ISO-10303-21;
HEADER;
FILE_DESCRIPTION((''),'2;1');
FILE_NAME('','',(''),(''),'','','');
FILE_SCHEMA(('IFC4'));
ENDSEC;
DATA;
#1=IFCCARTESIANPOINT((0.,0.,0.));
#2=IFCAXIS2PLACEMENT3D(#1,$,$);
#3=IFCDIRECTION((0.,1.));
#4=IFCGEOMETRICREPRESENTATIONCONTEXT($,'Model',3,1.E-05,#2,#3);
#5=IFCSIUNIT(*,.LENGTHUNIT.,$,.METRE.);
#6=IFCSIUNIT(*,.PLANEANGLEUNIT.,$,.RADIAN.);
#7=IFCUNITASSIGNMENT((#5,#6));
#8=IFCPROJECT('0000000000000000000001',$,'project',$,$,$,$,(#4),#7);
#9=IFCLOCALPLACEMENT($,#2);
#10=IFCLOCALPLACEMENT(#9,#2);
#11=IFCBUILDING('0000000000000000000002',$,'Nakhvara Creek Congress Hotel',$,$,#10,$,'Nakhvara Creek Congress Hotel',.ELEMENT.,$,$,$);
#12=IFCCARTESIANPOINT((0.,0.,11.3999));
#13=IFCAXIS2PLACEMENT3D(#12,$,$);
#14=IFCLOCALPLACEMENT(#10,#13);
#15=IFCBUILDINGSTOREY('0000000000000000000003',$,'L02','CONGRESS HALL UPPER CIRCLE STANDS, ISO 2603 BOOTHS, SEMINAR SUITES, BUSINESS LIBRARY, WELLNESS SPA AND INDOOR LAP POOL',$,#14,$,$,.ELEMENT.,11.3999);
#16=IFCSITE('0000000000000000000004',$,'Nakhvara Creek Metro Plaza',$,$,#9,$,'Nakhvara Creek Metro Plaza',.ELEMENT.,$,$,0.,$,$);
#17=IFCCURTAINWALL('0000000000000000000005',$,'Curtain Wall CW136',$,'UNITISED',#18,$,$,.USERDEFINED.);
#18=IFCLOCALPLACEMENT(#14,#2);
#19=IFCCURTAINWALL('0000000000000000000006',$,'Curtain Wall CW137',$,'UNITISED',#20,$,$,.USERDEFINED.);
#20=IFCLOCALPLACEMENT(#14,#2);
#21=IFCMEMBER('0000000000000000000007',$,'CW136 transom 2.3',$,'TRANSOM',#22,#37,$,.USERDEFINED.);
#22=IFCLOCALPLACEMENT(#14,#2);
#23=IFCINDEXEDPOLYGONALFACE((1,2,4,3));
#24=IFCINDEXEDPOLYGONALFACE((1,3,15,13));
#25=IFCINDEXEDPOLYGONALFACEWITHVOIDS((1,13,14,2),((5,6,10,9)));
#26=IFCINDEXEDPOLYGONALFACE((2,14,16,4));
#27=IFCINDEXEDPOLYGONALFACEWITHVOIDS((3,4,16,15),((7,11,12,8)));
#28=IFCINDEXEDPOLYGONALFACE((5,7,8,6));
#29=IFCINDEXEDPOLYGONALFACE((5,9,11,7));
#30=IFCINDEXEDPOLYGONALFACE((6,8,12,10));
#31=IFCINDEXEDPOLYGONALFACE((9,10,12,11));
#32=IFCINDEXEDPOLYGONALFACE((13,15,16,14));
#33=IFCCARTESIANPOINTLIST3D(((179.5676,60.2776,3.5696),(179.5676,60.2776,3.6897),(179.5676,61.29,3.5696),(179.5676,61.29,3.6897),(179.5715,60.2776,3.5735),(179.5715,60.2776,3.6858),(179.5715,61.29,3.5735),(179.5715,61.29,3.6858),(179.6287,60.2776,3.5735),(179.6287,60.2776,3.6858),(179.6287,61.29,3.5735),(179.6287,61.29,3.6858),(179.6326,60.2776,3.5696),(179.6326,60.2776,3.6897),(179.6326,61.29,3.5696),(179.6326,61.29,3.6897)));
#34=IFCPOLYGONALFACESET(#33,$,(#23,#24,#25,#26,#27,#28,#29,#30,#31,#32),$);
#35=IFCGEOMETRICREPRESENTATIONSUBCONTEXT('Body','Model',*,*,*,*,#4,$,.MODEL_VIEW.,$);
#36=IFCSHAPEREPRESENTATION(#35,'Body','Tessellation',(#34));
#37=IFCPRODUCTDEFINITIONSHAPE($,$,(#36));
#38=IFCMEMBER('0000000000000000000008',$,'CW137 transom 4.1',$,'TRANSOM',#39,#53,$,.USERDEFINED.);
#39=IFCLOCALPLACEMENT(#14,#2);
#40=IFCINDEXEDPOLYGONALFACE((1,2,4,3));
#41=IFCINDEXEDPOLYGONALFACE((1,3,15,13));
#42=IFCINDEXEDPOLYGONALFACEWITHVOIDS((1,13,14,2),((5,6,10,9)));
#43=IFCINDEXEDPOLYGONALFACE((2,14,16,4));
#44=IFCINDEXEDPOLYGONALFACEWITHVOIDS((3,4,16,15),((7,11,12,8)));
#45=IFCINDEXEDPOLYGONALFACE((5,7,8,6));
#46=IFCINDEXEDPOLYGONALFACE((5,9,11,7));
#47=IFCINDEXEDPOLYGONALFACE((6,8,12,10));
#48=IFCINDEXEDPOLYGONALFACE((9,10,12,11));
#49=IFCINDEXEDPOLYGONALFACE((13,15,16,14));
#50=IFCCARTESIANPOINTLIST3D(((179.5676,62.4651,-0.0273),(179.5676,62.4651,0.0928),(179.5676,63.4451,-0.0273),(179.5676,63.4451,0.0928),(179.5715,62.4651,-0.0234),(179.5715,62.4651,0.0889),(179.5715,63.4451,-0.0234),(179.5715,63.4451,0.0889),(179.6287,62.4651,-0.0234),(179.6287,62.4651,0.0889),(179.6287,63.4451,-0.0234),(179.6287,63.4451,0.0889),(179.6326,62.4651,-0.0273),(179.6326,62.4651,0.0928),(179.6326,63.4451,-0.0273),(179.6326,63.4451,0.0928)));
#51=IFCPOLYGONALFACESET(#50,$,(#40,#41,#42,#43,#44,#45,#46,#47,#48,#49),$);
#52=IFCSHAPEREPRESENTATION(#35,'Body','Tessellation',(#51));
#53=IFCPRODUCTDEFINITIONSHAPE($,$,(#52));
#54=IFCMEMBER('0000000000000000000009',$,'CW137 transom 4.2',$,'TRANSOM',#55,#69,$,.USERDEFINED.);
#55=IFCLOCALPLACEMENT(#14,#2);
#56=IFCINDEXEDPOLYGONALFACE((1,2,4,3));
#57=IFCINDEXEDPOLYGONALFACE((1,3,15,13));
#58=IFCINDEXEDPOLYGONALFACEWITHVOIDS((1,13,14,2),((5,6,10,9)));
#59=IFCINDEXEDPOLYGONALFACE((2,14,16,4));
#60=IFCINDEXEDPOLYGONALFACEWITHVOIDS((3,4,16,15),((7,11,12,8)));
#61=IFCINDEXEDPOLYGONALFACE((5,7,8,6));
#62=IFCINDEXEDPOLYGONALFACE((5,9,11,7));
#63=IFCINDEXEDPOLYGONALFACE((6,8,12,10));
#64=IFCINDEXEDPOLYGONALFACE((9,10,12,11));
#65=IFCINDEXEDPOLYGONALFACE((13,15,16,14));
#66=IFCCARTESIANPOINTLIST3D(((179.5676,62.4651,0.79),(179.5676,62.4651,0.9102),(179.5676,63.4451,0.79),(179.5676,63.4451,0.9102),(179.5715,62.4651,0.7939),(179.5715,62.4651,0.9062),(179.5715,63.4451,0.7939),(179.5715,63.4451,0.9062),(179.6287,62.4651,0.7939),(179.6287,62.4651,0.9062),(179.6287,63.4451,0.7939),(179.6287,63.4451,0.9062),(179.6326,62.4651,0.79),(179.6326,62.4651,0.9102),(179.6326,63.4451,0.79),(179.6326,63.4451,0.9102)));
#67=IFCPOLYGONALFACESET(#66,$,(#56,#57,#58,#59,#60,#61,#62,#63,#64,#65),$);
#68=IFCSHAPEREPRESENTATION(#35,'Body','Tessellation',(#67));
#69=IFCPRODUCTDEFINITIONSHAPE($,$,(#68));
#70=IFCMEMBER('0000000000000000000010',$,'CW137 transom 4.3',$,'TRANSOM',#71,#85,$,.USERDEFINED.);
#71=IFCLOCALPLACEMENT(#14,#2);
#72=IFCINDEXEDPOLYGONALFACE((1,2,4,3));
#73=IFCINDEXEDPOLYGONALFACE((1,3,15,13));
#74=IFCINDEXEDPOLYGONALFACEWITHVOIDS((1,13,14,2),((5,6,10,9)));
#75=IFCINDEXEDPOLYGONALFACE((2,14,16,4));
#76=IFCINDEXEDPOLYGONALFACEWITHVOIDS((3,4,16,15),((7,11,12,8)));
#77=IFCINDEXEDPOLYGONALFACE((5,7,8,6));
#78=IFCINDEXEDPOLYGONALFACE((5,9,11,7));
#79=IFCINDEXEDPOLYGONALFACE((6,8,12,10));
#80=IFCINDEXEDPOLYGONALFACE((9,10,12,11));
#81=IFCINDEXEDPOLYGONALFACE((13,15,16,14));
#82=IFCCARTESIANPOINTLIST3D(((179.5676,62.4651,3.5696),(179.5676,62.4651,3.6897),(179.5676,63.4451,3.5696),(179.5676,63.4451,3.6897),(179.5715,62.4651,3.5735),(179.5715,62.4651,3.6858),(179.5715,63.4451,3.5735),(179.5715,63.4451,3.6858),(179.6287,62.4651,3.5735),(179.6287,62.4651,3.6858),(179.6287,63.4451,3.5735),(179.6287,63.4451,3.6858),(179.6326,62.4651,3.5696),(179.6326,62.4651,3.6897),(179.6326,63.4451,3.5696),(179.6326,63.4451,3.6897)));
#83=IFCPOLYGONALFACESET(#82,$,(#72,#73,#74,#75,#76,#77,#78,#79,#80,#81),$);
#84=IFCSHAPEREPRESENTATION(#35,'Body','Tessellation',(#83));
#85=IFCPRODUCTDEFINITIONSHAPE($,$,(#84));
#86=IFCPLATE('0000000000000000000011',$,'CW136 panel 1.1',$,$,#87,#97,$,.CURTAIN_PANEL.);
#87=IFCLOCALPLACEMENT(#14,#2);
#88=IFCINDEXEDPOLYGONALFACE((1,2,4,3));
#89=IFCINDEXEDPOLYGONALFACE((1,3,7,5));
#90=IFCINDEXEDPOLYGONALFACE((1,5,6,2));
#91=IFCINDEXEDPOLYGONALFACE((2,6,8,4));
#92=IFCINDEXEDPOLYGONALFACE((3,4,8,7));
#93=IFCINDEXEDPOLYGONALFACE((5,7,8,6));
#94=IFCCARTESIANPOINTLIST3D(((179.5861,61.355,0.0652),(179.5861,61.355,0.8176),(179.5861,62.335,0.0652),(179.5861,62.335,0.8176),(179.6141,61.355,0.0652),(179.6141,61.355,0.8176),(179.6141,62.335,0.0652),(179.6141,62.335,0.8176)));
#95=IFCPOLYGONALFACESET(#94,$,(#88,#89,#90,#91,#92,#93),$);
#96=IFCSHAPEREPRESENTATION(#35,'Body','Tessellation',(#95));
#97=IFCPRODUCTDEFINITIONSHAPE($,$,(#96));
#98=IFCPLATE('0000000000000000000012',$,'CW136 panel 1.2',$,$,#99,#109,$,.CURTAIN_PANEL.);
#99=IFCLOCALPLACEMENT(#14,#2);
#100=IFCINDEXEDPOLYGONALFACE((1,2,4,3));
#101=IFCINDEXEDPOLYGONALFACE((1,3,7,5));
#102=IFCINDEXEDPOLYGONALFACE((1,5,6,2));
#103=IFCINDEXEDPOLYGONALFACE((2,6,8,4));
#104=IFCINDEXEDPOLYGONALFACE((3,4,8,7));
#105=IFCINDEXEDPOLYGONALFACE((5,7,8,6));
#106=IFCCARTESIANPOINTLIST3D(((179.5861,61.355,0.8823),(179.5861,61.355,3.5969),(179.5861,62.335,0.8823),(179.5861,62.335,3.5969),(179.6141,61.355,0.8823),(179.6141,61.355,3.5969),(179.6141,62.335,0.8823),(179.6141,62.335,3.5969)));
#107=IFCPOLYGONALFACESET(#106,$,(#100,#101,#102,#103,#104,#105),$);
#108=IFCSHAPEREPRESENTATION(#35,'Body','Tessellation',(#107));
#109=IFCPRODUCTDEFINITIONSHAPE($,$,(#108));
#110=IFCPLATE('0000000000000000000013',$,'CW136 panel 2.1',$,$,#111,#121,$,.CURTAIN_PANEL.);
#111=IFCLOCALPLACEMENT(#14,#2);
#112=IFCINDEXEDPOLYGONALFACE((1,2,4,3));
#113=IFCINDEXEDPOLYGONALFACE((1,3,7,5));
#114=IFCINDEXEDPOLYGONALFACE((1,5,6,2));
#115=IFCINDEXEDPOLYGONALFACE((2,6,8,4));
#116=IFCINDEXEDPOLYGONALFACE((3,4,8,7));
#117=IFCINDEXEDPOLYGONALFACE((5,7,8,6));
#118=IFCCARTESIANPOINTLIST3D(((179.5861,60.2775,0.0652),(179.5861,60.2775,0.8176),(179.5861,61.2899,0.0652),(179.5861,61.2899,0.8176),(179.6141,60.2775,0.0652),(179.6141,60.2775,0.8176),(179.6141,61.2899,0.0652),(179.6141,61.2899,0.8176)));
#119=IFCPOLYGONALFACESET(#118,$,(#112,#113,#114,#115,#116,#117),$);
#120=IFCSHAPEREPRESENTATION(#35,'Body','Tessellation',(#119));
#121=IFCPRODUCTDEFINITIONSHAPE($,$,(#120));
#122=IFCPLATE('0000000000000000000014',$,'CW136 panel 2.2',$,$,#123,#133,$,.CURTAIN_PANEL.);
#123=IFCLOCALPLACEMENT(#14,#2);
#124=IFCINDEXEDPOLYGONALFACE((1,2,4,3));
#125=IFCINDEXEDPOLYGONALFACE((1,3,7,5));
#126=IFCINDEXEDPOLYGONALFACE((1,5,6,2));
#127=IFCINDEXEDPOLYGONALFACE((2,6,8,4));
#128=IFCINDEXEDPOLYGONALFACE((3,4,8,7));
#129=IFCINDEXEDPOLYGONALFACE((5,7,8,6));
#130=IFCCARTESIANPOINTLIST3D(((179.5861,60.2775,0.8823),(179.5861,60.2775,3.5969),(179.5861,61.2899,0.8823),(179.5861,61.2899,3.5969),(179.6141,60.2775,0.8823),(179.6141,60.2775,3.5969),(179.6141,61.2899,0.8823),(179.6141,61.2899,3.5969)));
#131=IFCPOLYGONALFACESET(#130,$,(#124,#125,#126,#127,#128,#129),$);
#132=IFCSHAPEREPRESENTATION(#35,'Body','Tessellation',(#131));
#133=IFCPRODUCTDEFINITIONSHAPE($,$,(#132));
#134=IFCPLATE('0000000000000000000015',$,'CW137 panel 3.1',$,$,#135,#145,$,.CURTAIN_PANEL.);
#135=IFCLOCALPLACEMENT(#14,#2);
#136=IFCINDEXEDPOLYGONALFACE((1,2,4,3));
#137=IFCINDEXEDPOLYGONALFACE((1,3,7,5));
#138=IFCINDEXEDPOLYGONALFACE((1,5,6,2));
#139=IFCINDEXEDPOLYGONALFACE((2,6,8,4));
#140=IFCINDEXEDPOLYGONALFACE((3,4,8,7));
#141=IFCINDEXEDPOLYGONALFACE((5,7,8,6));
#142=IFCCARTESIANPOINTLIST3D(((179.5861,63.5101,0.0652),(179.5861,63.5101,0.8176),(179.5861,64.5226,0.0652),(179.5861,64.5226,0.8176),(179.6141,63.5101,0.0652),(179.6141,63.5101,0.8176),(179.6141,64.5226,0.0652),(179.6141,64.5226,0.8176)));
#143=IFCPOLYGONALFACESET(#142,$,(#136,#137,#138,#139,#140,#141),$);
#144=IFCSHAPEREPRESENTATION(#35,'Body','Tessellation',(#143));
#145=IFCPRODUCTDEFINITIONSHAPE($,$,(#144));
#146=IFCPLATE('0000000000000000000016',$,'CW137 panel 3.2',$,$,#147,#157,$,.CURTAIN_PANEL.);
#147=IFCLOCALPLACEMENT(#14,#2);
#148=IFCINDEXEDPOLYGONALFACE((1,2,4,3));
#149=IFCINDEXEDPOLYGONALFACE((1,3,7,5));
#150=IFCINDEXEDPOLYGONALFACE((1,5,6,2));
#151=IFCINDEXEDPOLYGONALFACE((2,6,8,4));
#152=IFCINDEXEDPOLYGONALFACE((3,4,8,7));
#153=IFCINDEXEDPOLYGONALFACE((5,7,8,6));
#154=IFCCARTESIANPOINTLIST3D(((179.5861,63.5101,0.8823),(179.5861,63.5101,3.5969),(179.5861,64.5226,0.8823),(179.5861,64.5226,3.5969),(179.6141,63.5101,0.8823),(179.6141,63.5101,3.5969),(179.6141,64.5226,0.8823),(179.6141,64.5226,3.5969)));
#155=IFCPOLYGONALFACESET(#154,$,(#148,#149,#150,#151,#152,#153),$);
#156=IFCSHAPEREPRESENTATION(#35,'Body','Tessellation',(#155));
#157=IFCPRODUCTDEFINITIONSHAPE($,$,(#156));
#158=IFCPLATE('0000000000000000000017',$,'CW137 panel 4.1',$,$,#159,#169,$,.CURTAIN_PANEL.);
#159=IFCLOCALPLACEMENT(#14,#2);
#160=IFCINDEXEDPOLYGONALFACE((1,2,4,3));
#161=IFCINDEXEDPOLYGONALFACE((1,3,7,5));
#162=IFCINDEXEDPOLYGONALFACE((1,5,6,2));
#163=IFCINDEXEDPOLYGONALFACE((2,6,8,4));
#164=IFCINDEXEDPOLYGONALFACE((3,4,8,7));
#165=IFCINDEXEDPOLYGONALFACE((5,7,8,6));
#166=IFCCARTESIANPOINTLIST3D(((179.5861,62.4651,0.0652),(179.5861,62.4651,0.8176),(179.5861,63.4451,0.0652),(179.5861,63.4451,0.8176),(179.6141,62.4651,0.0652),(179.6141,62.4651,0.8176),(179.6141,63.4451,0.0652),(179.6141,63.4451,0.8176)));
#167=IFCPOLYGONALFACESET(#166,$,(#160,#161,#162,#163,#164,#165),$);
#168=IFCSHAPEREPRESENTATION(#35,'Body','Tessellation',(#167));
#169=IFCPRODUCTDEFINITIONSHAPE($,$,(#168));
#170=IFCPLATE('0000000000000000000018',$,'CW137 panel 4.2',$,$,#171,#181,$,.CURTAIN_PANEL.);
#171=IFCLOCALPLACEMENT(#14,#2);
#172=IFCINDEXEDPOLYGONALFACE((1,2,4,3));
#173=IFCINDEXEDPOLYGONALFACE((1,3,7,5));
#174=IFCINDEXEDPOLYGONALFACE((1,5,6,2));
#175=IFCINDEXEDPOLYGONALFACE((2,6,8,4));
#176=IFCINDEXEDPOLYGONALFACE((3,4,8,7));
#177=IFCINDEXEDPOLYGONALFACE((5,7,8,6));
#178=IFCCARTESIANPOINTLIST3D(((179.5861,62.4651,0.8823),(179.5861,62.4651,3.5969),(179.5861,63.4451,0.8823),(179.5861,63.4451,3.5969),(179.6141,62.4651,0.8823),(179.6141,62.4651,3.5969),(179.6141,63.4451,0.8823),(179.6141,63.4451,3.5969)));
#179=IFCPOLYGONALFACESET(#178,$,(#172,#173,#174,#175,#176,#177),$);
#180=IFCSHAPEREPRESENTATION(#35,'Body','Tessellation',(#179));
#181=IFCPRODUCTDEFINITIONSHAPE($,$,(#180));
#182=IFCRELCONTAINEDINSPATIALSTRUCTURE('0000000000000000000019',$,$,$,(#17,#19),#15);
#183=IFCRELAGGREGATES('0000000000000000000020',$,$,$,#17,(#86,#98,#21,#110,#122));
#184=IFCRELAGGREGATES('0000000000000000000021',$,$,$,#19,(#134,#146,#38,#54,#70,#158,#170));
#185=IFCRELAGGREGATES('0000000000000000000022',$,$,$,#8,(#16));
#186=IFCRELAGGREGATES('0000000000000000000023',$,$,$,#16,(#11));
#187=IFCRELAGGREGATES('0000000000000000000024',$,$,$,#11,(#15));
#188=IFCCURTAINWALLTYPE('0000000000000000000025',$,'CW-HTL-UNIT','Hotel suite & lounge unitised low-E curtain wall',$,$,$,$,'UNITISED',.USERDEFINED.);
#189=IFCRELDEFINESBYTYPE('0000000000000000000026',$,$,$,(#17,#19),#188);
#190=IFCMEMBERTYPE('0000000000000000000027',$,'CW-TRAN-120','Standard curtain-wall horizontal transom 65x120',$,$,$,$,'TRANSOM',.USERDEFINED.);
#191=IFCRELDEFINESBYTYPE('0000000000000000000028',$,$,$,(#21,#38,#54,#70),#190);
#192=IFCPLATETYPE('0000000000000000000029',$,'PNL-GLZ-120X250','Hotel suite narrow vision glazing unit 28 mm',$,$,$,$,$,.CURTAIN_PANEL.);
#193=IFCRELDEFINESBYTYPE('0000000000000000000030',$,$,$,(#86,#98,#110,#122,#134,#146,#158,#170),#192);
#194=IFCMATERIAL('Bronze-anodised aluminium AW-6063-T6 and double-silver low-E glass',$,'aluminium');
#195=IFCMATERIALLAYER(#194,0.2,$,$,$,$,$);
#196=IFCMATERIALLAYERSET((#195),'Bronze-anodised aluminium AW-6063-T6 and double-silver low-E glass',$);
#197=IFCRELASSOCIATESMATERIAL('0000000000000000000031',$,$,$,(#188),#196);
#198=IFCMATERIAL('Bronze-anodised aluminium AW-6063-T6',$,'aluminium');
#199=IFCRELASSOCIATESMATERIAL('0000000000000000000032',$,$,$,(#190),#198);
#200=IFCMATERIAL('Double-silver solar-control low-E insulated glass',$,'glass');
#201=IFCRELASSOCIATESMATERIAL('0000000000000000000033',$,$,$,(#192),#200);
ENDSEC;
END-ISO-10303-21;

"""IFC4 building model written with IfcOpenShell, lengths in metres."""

from ifc_helpers import new_model, si_unit, direction, frame, origin, origin_2d, place, context, subcontext, project, spatial, rectangle, hollow_rectangle, extrude, material, layer, layer_set, material_profile, profile_set, type_object, element, aggregate, save


model = new_model("IFC4")

# Units and contexts
model_context = context("Model", 3, precision=1e-05, world=origin(), true_north=direction((0.0, 1.0)))
body_context = subcontext(model_context, "Body", "Model", "MODEL_VIEW")
ifc_project = project(units=[si_unit("LENGTHUNIT", "METRE"), si_unit("PLANEANGLEUNIT", "RADIAN")], contexts=[model_context])

# Site, building, storey
site_placement = place(None, origin())
site = spatial("IfcSite", under=ifc_project, at=site_placement, Name="Nakhvara Creek Metro Plaza", LongName="Nakhvara Creek Metro Plaza", CompositionType="ELEMENT", RefElevation=0.0)
building_placement = place(site_placement, origin())
building = spatial("IfcBuilding", under=site, at=building_placement, Name="Nakhvara Creek Congress Hotel", LongName="Nakhvara Creek Congress Hotel", CompositionType="ELEMENT")
storey_placement = place(building_placement, frame((0.0, 0.0, 11.3999)))
storey = spatial("IfcBuildingStorey", under=building, at=storey_placement, Name="L02", Description="CONGRESS HALL UPPER CIRCLE STANDS, ISO 2603 BOOTHS, SEMINAR SUITES, BUSINESS LIBRARY, WELLNESS SPA AND INDOOR LAP POOL", CompositionType="ELEMENT", Elevation=11.3999)

# Curtain walls
ifc_material_1 = material(Name="Bronze-anodised aluminium AW-6063-T6 and double-silver low-E glass", Category="aluminium")
ifc_layer_1 = layer(ifc_material_1, 0.2)
ifc_layer_set_1 = layer_set([ifc_layer_1], Name="Bronze-anodised aluminium AW-6063-T6 and double-silver low-E glass")
curtain_wall_type = type_object("IfcCurtainWallType", Name="CW-HTL-UNIT", Description="Hotel suite & lounge unitised low-E curtain wall", ElementType="UNITISED", PredefinedType="USERDEFINED", material=ifc_layer_set_1)
curtain_wall_1_placement = place(storey_placement, origin())
curtain_wall_1 = element("IfcCurtainWall", 1, at=curtain_wall_1_placement, inside=storey, type_object=curtain_wall_type, Name="Curtain Wall CW136", ObjectType="UNITISED", PredefinedType="USERDEFINED")
ifc_material_2 = material(Name="Bronze-anodised aluminium AW-6063-T6", Category="aluminium")
curtain_wall_2_placement = place(storey_placement, origin())
curtain_wall_2 = element("IfcCurtainWall", 2, at=curtain_wall_2_placement, inside=storey, type_object=curtain_wall_type, Name="Curtain Wall CW137", ObjectType="UNITISED", PredefinedType="USERDEFINED")

# Members
ifc_material_profile_1 = material_profile(ifc_material_2, hollow_rectangle(XDim=0.0649, YDim=0.1201, WallThickness=0.0039, at=origin_2d()), Name="ALU-TRAN 65x120x4", Category="LoadBearing")
ifc_profile_set_1 = profile_set([ifc_material_profile_1], Name="Bronze-anodised aluminium AW-6063-T6")
member_type_1 = type_object("IfcMemberType", Name="CW-TRAN-120", Description="Standard curtain-wall horizontal transom 65x120", ElementType="TRANSOM", PredefinedType="USERDEFINED", material=ifc_profile_set_1)
member_1_placement = place(storey_placement, frame((179.6001, 61.29, 3.6296), z_axis=(0.0, -1.0, 0.0), x_axis=(1.0, 0.0, 0.0)))
member_1 = element("IfcMember", 3, at=member_1_placement, type_object=member_type_1, Name="CW136 transom 2.3", ObjectType="TRANSOM", PredefinedType="USERDEFINED", context=body_context, shape_type="SweptSolid", body=[
    extrude(hollow_rectangle(XDim=0.0649, YDim=0.1201, WallThickness=0.0039, at=origin_2d()), origin(), (0.0, 0.0, 1.0), 1.0125),
])
member_2_placement = place(storey_placement, frame((179.6001, 63.4451, 0.0327), z_axis=(0.0, -1.0, 0.0), x_axis=(1.0, 0.0, 0.0)))
member_2 = element("IfcMember", 4, at=member_2_placement, type_object=member_type_1, Name="CW137 transom 4.1", ObjectType="TRANSOM", PredefinedType="USERDEFINED", context=body_context, shape_type="SweptSolid", body=[
    extrude(hollow_rectangle(XDim=0.0649, YDim=0.1201, WallThickness=0.0039, at=origin_2d()), origin(), (0.0, 0.0, 1.0), 0.98),
])
member_3_placement = place(storey_placement, frame((179.6001, 63.4451, 0.8501), z_axis=(0.0, -1.0, 0.0), x_axis=(1.0, 0.0, 0.0)))
member_3 = element("IfcMember", 5, at=member_3_placement, type_object=member_type_1, Name="CW137 transom 4.2", ObjectType="TRANSOM", PredefinedType="USERDEFINED", context=body_context, shape_type="SweptSolid", body=[
    extrude(hollow_rectangle(XDim=0.0649, YDim=0.1201, WallThickness=0.0039, at=origin_2d()), origin(), (0.0, 0.0, 1.0), 0.98),
])
member_4_placement = place(storey_placement, frame((179.6001, 63.4451, 3.6296), z_axis=(0.0, -1.0, 0.0), x_axis=(1.0, 0.0, 0.0)))
member_4 = element("IfcMember", 6, at=member_4_placement, type_object=member_type_1, Name="CW137 transom 4.3", ObjectType="TRANSOM", PredefinedType="USERDEFINED", context=body_context, shape_type="SweptSolid", body=[
    extrude(hollow_rectangle(XDim=0.0649, YDim=0.1201, WallThickness=0.0039, at=origin_2d()), origin(), (0.0, 0.0, 1.0), 0.98),
])

# Plates
ifc_material_3 = material(Name="Double-silver solar-control low-E insulated glass", Category="glass")
plate_type = type_object("IfcPlateType", Name="PNL-GLZ-120X250", Description="Hotel suite narrow vision glazing unit 28 mm", PredefinedType="CURTAIN_PANEL", material=ifc_material_3)
plate_1_placement = place(storey_placement, frame((179.6001, 61.845, 0.0652), z_axis=(0.0, 0.0, 1.0), x_axis=(0.0, -1.0, 0.0)))
plate_1 = element("IfcPlate", 7, at=plate_1_placement, type_object=plate_type, Name="CW136 panel 1.1", PredefinedType="CURTAIN_PANEL", context=body_context, shape_type="SweptSolid", body=[
    extrude(rectangle(XDim=0.98, YDim=0.0281, at=origin_2d()), origin(), (0.0, 0.0, 1.0), 0.7524),
])
plate_2_placement = place(storey_placement, frame((179.6001, 61.845, 0.8823), z_axis=(0.0, 0.0, 1.0), x_axis=(0.0, -1.0, 0.0)))
plate_2 = element("IfcPlate", 8, at=plate_2_placement, type_object=plate_type, Name="CW136 panel 1.2", PredefinedType="CURTAIN_PANEL", context=body_context, shape_type="SweptSolid", body=[
    extrude(rectangle(XDim=0.98, YDim=0.0281, at=origin_2d()), origin(), (0.0, 0.0, 1.0), 2.7146),
])
plate_3_placement = place(storey_placement, frame((179.6001, 60.7837, 0.0652), z_axis=(0.0, 0.0, 1.0), x_axis=(0.0, -1.0, 0.0)))
plate_3 = element("IfcPlate", 9, at=plate_3_placement, type_object=plate_type, Name="CW136 panel 2.1", PredefinedType="CURTAIN_PANEL", context=body_context, shape_type="SweptSolid", body=[
    extrude(rectangle(XDim=1.0125, YDim=0.0281, at=origin_2d()), origin(), (0.0, 0.0, 1.0), 0.7524),
])
plate_4_placement = place(storey_placement, frame((179.6001, 60.7837, 0.8823), z_axis=(0.0, 0.0, 1.0), x_axis=(0.0, -1.0, 0.0)))
plate_4 = element("IfcPlate", 10, at=plate_4_placement, type_object=plate_type, Name="CW136 panel 2.2", PredefinedType="CURTAIN_PANEL", context=body_context, shape_type="SweptSolid", body=[
    extrude(rectangle(XDim=1.0125, YDim=0.0281, at=origin_2d()), origin(), (0.0, 0.0, 1.0), 2.7146),
])
aggregate(curtain_wall_1, [plate_1, plate_2, member_1, plate_3, plate_4])
plate_5_placement = place(storey_placement, frame((179.6001, 64.0164, 0.0652), z_axis=(0.0, 0.0, 1.0), x_axis=(0.0, -1.0, 0.0)))
plate_5 = element("IfcPlate", 11, at=plate_5_placement, type_object=plate_type, Name="CW137 panel 3.1", PredefinedType="CURTAIN_PANEL", context=body_context, shape_type="SweptSolid", body=[
    extrude(rectangle(XDim=1.0125, YDim=0.0281, at=origin_2d()), origin(), (0.0, 0.0, 1.0), 0.7524),
])
plate_6_placement = place(storey_placement, frame((179.6001, 64.0164, 0.8823), z_axis=(0.0, 0.0, 1.0), x_axis=(0.0, -1.0, 0.0)))
plate_6 = element("IfcPlate", 12, at=plate_6_placement, type_object=plate_type, Name="CW137 panel 3.2", PredefinedType="CURTAIN_PANEL", context=body_context, shape_type="SweptSolid", body=[
    extrude(rectangle(XDim=1.0125, YDim=0.0281, at=origin_2d()), origin(), (0.0, 0.0, 1.0), 2.7146),
])
plate_7_placement = place(storey_placement, frame((179.6001, 62.9551, 0.0652), z_axis=(0.0, 0.0, 1.0), x_axis=(0.0, -1.0, 0.0)))
plate_7 = element("IfcPlate", 13, at=plate_7_placement, type_object=plate_type, Name="CW137 panel 4.1", PredefinedType="CURTAIN_PANEL", context=body_context, shape_type="SweptSolid", body=[
    extrude(rectangle(XDim=0.98, YDim=0.0281, at=origin_2d()), origin(), (0.0, 0.0, 1.0), 0.7524),
])
plate_8_placement = place(storey_placement, frame((179.6001, 62.9551, 0.8823), z_axis=(0.0, 0.0, 1.0), x_axis=(0.0, -1.0, 0.0)))
plate_8 = element("IfcPlate", 14, at=plate_8_placement, type_object=plate_type, Name="CW137 panel 4.2", PredefinedType="CURTAIN_PANEL", context=body_context, shape_type="SweptSolid", body=[
    extrude(rectangle(XDim=0.98, YDim=0.0281, at=origin_2d()), origin(), (0.0, 0.0, 1.0), 2.7146),
])
aggregate(curtain_wall_2, [plate_5, plate_6, member_2, member_3, member_4, plate_7, plate_8])

save(model, "model.ifc")
